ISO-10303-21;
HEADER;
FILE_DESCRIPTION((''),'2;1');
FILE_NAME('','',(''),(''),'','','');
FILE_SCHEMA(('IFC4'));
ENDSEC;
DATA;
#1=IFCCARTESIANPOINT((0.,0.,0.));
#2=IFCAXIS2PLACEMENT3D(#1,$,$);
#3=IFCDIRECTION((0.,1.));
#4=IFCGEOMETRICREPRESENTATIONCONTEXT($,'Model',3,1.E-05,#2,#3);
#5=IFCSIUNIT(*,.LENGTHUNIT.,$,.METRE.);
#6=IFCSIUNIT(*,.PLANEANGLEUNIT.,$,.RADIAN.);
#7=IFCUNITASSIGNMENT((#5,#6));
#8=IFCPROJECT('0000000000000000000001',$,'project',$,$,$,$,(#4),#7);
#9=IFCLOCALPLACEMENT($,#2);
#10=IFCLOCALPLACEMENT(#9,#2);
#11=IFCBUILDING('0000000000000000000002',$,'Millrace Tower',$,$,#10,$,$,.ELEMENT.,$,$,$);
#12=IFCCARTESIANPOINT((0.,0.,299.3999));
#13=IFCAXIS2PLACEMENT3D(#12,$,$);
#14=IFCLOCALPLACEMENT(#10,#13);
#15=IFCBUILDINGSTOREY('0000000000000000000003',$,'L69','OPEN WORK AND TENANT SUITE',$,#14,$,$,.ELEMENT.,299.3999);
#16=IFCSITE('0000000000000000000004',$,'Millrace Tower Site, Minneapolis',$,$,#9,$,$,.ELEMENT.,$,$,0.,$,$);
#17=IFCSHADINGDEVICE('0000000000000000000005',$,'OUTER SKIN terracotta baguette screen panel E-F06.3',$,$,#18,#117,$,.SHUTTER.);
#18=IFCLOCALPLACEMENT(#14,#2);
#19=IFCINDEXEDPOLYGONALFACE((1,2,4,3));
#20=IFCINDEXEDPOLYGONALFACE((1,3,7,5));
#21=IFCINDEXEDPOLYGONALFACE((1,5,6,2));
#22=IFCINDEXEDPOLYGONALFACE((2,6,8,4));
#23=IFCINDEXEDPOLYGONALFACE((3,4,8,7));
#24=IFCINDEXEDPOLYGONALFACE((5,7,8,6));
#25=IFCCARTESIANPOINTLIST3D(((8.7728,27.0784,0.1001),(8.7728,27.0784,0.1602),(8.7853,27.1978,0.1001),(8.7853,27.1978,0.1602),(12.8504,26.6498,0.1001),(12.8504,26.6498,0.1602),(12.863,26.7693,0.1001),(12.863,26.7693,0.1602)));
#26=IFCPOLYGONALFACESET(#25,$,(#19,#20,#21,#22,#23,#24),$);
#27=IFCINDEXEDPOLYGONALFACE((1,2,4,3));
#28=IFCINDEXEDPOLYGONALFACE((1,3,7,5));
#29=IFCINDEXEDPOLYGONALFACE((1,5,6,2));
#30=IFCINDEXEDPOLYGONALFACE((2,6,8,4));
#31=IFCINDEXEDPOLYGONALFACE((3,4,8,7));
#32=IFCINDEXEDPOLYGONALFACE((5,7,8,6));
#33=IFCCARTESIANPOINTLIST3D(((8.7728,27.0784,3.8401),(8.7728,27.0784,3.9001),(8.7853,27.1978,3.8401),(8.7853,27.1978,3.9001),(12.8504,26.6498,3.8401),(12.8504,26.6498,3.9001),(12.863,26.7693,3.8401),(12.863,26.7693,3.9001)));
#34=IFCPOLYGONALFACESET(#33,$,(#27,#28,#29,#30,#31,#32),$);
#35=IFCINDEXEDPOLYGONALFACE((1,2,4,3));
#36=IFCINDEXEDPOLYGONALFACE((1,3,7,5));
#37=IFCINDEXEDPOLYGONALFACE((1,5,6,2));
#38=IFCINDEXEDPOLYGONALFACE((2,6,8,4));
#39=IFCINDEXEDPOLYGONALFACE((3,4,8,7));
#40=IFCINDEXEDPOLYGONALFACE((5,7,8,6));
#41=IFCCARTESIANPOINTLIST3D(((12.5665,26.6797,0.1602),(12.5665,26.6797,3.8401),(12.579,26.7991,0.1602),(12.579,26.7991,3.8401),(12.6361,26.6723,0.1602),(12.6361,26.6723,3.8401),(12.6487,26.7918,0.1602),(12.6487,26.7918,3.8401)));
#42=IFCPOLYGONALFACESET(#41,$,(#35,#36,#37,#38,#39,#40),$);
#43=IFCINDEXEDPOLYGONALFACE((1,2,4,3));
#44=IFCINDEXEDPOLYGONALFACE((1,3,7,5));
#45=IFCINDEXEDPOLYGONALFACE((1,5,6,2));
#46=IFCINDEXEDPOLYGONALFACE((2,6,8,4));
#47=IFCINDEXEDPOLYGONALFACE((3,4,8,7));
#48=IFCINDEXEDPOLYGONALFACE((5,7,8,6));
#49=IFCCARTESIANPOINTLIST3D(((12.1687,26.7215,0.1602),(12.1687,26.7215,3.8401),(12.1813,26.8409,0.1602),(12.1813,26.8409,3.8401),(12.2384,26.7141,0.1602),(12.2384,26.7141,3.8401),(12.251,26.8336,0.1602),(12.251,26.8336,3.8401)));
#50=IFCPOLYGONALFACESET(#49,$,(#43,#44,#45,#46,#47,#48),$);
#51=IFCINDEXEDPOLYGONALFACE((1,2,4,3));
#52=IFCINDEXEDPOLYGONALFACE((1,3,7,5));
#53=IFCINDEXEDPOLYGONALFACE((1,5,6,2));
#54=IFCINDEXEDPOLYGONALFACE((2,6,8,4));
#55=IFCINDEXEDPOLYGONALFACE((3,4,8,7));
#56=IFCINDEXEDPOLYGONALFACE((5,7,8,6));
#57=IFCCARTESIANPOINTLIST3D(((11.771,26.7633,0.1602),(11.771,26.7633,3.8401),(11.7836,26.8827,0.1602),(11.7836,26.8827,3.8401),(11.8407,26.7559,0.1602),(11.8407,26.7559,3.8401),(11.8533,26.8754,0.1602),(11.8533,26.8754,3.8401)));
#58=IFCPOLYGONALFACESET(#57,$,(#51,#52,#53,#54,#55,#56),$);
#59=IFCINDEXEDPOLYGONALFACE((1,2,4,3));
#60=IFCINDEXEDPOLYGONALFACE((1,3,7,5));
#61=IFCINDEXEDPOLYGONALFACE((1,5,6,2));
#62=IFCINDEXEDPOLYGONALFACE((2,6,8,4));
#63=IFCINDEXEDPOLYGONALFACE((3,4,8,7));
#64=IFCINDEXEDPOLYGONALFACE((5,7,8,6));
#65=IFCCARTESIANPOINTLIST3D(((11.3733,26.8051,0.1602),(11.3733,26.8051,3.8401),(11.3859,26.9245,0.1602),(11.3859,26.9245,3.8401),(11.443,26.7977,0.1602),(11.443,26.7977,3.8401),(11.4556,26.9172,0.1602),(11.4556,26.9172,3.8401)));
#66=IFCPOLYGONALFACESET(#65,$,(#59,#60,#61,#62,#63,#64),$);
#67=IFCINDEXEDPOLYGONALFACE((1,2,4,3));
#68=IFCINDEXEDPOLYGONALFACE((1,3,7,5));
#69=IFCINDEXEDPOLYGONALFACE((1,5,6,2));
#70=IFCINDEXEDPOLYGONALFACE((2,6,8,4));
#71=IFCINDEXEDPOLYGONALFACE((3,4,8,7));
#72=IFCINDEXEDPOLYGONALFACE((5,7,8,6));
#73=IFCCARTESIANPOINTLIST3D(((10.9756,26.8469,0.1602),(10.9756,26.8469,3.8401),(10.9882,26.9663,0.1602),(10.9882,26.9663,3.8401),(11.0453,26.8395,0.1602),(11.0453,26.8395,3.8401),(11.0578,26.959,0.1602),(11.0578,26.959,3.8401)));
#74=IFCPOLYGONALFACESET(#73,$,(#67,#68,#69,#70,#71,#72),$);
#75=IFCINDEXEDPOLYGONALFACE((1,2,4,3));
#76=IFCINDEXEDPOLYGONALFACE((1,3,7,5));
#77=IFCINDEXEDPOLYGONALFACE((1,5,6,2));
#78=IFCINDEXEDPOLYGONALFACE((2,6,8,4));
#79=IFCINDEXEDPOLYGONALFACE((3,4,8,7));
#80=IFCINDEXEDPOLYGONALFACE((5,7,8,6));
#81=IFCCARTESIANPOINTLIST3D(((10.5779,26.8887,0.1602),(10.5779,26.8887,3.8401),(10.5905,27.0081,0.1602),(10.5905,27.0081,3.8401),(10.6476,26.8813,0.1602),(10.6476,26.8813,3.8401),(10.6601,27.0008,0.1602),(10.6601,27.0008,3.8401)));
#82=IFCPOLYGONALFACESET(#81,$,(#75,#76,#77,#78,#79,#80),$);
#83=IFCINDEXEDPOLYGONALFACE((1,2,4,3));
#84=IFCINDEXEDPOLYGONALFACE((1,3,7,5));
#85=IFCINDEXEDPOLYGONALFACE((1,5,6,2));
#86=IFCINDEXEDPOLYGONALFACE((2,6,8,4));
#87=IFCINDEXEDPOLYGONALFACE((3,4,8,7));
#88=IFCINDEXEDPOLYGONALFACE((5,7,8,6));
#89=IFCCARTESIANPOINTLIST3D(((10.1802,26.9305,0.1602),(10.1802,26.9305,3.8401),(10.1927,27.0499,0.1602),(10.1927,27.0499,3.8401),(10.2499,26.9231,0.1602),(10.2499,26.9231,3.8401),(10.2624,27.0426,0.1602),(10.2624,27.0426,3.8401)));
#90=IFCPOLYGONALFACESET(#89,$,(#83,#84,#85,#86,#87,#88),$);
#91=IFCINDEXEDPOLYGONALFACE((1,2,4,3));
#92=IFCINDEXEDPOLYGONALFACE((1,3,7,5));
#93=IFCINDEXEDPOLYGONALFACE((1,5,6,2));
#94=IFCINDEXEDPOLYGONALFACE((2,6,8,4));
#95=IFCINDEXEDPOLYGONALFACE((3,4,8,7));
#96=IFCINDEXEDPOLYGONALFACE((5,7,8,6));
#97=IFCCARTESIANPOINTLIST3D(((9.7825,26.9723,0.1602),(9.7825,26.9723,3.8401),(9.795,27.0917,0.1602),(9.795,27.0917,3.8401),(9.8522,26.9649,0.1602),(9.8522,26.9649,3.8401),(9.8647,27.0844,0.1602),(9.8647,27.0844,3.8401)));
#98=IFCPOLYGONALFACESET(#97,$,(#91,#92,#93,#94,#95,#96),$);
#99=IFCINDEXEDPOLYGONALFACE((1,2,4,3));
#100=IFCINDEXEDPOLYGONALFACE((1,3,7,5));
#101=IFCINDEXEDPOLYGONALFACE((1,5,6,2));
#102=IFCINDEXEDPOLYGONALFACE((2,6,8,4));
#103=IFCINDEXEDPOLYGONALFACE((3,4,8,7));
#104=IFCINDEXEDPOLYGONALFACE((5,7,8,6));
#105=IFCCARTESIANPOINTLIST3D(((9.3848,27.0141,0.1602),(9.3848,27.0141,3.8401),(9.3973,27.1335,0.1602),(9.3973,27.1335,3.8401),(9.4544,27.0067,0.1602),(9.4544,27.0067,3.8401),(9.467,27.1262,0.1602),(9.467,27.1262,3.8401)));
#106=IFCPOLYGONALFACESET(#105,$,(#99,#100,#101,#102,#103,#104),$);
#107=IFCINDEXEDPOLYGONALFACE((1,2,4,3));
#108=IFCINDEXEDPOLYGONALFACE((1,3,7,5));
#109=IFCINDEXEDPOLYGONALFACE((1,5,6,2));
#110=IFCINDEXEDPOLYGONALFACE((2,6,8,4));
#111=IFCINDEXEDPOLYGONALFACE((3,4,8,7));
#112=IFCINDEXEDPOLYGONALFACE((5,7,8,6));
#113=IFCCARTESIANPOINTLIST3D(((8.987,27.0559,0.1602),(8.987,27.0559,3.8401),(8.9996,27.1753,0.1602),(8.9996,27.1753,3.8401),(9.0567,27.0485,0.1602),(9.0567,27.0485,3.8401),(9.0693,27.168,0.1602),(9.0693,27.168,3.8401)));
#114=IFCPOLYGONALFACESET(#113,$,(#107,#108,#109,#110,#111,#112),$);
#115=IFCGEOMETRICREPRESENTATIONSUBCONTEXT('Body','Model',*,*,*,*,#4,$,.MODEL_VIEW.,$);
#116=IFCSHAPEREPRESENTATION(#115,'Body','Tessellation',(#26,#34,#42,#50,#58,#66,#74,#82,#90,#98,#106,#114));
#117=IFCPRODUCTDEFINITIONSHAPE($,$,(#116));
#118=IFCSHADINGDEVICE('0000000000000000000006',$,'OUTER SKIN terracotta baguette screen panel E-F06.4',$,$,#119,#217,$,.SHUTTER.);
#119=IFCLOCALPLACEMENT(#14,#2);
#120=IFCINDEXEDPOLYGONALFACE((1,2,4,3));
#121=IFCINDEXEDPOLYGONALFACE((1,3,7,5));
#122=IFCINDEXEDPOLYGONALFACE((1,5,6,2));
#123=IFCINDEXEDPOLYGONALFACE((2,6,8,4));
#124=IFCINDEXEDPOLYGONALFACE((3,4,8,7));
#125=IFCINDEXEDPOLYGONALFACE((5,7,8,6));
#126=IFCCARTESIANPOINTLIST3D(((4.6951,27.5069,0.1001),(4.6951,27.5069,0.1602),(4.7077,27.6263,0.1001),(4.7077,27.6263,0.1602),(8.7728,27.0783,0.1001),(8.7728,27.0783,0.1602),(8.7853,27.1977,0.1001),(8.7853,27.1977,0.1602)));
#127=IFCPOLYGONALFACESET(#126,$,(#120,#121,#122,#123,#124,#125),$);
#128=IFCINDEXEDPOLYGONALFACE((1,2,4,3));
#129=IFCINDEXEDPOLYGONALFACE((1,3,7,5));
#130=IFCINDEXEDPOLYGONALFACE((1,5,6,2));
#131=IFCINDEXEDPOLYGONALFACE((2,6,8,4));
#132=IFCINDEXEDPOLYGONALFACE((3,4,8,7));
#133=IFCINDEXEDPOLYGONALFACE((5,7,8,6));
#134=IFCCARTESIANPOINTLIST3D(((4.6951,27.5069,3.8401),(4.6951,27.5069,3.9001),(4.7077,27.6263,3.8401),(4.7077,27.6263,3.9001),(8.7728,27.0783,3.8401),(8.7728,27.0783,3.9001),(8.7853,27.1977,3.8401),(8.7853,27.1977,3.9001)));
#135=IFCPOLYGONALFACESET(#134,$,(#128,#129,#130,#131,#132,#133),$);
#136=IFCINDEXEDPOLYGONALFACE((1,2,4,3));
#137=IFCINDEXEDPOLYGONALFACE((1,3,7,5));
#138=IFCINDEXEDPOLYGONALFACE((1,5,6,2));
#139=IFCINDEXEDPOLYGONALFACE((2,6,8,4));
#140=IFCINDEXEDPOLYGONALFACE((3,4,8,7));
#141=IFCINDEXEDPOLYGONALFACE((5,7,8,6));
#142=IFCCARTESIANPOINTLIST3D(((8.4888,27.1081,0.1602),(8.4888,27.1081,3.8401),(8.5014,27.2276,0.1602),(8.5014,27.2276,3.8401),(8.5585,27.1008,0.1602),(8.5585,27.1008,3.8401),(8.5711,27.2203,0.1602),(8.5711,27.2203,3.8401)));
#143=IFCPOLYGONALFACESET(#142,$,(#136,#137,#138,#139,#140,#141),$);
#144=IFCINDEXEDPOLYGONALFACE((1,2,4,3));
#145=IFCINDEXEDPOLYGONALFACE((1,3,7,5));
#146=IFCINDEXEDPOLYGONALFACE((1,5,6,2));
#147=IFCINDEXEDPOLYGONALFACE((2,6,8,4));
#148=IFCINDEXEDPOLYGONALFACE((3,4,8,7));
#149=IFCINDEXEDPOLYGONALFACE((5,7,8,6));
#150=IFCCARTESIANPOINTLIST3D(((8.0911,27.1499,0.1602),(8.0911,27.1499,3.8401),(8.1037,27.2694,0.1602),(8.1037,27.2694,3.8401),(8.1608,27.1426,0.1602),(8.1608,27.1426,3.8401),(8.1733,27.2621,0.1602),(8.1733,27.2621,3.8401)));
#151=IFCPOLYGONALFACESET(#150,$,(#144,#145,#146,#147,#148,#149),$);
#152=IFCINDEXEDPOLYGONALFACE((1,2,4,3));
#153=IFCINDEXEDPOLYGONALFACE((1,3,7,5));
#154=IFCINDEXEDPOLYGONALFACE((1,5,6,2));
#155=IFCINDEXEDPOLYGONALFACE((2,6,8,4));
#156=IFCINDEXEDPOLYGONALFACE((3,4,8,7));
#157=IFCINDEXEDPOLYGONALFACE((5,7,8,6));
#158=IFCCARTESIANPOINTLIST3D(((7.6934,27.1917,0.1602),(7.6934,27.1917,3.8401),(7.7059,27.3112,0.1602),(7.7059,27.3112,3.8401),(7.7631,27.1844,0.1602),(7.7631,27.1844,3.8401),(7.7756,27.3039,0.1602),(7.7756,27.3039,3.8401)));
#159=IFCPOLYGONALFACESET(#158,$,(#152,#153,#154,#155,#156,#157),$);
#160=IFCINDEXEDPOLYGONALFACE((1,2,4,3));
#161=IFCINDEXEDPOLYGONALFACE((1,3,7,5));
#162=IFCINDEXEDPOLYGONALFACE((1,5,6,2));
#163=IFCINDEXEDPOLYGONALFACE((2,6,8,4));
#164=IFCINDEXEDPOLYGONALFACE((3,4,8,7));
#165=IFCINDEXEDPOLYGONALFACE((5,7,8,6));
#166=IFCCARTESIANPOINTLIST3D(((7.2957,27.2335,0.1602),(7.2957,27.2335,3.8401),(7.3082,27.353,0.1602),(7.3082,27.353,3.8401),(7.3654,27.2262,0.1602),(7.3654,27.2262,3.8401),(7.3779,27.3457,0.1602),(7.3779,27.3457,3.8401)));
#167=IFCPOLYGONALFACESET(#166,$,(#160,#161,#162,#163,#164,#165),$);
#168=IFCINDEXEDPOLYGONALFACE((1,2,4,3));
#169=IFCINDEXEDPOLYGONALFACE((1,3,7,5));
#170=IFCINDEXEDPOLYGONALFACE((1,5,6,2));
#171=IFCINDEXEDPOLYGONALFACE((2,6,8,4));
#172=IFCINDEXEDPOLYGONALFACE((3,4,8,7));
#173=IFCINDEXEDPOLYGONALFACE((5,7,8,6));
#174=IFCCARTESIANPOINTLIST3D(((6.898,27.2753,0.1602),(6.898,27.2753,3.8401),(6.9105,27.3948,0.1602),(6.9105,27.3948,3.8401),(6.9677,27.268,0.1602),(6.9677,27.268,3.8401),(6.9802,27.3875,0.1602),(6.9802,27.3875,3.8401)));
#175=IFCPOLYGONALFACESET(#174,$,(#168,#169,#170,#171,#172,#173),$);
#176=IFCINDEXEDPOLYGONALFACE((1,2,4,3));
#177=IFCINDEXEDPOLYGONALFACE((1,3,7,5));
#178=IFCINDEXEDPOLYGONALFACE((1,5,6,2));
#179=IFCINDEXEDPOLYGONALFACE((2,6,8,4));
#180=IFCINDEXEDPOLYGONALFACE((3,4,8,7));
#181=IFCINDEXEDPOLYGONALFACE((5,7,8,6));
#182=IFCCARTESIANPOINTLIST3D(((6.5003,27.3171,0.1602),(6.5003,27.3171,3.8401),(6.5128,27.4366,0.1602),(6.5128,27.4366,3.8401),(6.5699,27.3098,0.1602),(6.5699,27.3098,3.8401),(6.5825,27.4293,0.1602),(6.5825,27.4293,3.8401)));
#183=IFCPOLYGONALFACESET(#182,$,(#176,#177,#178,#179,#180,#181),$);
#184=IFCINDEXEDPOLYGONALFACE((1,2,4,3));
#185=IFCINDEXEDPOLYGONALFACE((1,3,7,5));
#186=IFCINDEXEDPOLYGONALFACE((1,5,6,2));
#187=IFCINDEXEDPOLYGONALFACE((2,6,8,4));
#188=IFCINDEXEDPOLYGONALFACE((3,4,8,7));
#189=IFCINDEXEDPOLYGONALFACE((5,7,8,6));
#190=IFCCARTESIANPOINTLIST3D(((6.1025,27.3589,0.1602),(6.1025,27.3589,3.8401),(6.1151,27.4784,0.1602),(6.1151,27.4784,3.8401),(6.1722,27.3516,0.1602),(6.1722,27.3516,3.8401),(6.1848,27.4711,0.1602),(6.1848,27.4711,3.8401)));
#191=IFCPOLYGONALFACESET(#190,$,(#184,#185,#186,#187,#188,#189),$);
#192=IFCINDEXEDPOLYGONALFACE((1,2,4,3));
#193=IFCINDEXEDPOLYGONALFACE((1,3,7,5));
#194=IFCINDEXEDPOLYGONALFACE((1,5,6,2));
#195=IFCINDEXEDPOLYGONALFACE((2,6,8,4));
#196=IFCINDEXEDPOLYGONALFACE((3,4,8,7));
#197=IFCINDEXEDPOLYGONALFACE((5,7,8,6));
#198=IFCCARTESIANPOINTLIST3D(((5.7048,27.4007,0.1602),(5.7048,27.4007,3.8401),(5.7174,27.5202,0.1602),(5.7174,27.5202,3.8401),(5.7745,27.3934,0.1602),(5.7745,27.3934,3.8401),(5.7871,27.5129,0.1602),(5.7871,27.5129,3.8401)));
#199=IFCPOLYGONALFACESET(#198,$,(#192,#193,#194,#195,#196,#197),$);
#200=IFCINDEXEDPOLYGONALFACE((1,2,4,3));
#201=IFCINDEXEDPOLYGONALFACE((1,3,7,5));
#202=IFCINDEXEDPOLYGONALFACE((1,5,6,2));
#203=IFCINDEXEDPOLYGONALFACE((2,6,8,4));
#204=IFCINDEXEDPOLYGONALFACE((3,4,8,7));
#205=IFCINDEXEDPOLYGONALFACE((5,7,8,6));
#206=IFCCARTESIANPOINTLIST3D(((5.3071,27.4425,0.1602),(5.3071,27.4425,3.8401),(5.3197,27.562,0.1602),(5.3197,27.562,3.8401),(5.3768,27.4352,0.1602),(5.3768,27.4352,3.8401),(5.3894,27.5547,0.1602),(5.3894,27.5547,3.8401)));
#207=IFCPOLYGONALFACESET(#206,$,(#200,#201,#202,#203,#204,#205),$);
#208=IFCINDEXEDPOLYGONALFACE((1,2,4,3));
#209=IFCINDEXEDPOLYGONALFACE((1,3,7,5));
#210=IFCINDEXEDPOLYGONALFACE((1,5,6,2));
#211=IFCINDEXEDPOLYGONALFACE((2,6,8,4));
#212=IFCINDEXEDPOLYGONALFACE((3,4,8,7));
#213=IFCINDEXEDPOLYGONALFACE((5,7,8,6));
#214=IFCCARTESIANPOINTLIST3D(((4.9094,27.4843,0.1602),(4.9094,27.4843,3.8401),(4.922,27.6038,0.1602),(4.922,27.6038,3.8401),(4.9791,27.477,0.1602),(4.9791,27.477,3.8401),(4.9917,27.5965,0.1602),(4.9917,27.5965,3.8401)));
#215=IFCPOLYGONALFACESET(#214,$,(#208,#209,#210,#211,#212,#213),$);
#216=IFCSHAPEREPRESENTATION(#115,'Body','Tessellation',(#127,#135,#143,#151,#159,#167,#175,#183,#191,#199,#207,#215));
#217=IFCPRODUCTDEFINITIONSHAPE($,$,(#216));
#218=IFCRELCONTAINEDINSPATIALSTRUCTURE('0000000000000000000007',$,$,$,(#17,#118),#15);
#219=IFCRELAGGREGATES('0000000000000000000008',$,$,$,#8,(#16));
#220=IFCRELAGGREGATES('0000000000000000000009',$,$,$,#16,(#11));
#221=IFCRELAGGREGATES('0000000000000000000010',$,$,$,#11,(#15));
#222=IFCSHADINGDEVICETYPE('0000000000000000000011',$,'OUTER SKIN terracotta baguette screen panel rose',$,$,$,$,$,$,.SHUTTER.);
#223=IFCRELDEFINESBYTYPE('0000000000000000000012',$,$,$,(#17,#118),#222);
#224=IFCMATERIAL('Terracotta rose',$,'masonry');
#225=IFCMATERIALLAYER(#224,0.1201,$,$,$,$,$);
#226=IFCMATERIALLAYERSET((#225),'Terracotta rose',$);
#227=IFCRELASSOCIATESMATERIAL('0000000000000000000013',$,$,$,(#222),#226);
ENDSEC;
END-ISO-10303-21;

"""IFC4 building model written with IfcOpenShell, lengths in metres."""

from ifc_helpers import new_model, entity, si_unit, direction, frame, frame_2d, origin, place, context, subcontext, project, spatial, rectangle, extrude, source, transform, mapped, material, layer, layer_set, type_object, element, save


model = new_model("IFC4")

# Units and contexts
model_context = context("Model", 3, precision=1e-05, world=origin(), true_north=direction((0.0, 1.0)))
body_context = subcontext(model_context, "Body", "Model", "MODEL_VIEW")
ifc_project = project(units=[si_unit("LENGTHUNIT", "METRE"), si_unit("PLANEANGLEUNIT", "RADIAN")], contexts=[model_context])

# Site, building, storey
site_placement = place(None, origin())
site = spatial("IfcSite", under=ifc_project, at=site_placement, Name="Millrace Tower Site, Minneapolis", CompositionType="ELEMENT", RefElevation=0.0)
building_placement = place(site_placement, origin())
building = spatial("IfcBuilding", under=site, at=building_placement, Name="Millrace Tower", CompositionType="ELEMENT")
storey_placement = place(building_placement, frame((0.0, 0.0, 299.3999)))
storey = spatial("IfcBuildingStorey", under=building, at=storey_placement, Name="L69", Description="OPEN WORK AND TENANT SUITE", CompositionType="ELEMENT", Elevation=299.3999)

# Shading devices
ifc_material_1 = material(Name="Terracotta rose", Category="masonry")
ifc_layer_1 = layer(ifc_material_1, 0.1201)
ifc_layer_set_1 = layer_set([ifc_layer_1], Name="Terracotta rose")
shading_device_type = type_object("IfcShadingDeviceType", Name="OUTER SKIN terracotta baguette screen panel rose", PredefinedType="SHUTTER", material=ifc_layer_set_1)
cartesian_point = entity("IfcCartesianPoint", [-2.05, 0.0601])
shared_polyline = entity("IfcPolyline", [cartesian_point, entity("IfcCartesianPoint", [2.05, 0.0601]), entity("IfcCartesianPoint", [2.05, -0.0601]), entity("IfcCartesianPoint", [-2.05, -0.0601]), cartesian_point])
shared_shape = source(origin(), body_context, "Body", "SweptSolid", [
    entity("IfcExtrudedAreaSolid", entity("IfcArbitraryClosedProfileDef", "AREA", None, shared_polyline), entity("IfcAxis2Placement3D", entity("IfcCartesianPoint", [0.0, 0.0, 0.0])), entity("IfcDirection", [0.0, 0.0, 1.0]), 0.0601),
    entity("IfcExtrudedAreaSolid", entity("IfcArbitraryClosedProfileDef", "AREA", None, shared_polyline), entity("IfcAxis2Placement3D", entity("IfcCartesianPoint", [0.0, 0.0, 3.74])), entity("IfcDirection", [0.0, 0.0, 1.0]), 0.0601),
    extrude(rectangle(XDim=0.0701, YDim=0.1201, at=frame_2d((-1.7996, 0.0))), frame((0.0, 0.0, 0.0601)), (0.0, 0.0, 1.0), 3.6799),
    extrude(rectangle(XDim=0.0701, YDim=0.1201, at=frame_2d((-1.3997, 0.0))), frame((0.0, 0.0, 0.0601)), (0.0, 0.0, 1.0), 3.6799),
    extrude(rectangle(XDim=0.0701, YDim=0.1201, at=frame_2d((-0.9998, 0.0))), frame((0.0, 0.0, 0.0601)), (0.0, 0.0, 1.0), 3.6799),
    extrude(rectangle(XDim=0.0701, YDim=0.1201, at=frame_2d((-0.5999, 0.0))), frame((0.0, 0.0, 0.0601)), (0.0, 0.0, 1.0), 3.6799),
    extrude(rectangle(XDim=0.0701, YDim=0.1201, at=frame_2d((-0.2, 0.0))), frame((0.0, 0.0, 0.0601)), (0.0, 0.0, 1.0), 3.6799),
    extrude(rectangle(XDim=0.0701, YDim=0.1201, at=frame_2d((0.2, 0.0))), frame((0.0, 0.0, 0.0601)), (0.0, 0.0, 1.0), 3.6799),
    extrude(rectangle(XDim=0.0701, YDim=0.1201, at=frame_2d((0.5999, 0.0))), frame((0.0, 0.0, 0.0601)), (0.0, 0.0, 1.0), 3.6799),
    extrude(rectangle(XDim=0.0701, YDim=0.1201, at=frame_2d((0.9998, 0.0))), frame((0.0, 0.0, 0.0601)), (0.0, 0.0, 1.0), 3.6799),
    extrude(rectangle(XDim=0.0701, YDim=0.1201, at=frame_2d((1.3997, 0.0))), frame((0.0, 0.0, 0.0601)), (0.0, 0.0, 1.0), 3.6799),
    extrude(rectangle(XDim=0.0701, YDim=0.1201, at=frame_2d((1.7996, 0.0))), frame((0.0, 0.0, 0.0601)), (0.0, 0.0, 1.0), 3.6799),
])
for number, where, z_axis, x_axis, name in (
    (1, (10.8179, 26.9238, 0.1001), (0.0, 0.0, 1.0), (-0.994522, 0.104528, 0.0), "OUTER SKIN terracotta baguette screen panel E-F06.3"),
    (2, (6.7402, 27.3523, 0.1001), (0.0, 0.0, 1.0), (-0.994522, 0.104528, 0.0), "OUTER SKIN terracotta baguette screen panel E-F06.4"),
):
    element("IfcShadingDevice", number, at=place(storey_placement, frame(where, z_axis=z_axis, x_axis=x_axis)), inside=storey, type_object=shading_device_type, Name=name, PredefinedType="SHUTTER", context=body_context, shape_type="MappedRepresentation", body=[
        mapped(shared_shape, transform((0.0, 0.0, 0.0), scale=1.0)),
    ])

save(model, "model.ifc")
